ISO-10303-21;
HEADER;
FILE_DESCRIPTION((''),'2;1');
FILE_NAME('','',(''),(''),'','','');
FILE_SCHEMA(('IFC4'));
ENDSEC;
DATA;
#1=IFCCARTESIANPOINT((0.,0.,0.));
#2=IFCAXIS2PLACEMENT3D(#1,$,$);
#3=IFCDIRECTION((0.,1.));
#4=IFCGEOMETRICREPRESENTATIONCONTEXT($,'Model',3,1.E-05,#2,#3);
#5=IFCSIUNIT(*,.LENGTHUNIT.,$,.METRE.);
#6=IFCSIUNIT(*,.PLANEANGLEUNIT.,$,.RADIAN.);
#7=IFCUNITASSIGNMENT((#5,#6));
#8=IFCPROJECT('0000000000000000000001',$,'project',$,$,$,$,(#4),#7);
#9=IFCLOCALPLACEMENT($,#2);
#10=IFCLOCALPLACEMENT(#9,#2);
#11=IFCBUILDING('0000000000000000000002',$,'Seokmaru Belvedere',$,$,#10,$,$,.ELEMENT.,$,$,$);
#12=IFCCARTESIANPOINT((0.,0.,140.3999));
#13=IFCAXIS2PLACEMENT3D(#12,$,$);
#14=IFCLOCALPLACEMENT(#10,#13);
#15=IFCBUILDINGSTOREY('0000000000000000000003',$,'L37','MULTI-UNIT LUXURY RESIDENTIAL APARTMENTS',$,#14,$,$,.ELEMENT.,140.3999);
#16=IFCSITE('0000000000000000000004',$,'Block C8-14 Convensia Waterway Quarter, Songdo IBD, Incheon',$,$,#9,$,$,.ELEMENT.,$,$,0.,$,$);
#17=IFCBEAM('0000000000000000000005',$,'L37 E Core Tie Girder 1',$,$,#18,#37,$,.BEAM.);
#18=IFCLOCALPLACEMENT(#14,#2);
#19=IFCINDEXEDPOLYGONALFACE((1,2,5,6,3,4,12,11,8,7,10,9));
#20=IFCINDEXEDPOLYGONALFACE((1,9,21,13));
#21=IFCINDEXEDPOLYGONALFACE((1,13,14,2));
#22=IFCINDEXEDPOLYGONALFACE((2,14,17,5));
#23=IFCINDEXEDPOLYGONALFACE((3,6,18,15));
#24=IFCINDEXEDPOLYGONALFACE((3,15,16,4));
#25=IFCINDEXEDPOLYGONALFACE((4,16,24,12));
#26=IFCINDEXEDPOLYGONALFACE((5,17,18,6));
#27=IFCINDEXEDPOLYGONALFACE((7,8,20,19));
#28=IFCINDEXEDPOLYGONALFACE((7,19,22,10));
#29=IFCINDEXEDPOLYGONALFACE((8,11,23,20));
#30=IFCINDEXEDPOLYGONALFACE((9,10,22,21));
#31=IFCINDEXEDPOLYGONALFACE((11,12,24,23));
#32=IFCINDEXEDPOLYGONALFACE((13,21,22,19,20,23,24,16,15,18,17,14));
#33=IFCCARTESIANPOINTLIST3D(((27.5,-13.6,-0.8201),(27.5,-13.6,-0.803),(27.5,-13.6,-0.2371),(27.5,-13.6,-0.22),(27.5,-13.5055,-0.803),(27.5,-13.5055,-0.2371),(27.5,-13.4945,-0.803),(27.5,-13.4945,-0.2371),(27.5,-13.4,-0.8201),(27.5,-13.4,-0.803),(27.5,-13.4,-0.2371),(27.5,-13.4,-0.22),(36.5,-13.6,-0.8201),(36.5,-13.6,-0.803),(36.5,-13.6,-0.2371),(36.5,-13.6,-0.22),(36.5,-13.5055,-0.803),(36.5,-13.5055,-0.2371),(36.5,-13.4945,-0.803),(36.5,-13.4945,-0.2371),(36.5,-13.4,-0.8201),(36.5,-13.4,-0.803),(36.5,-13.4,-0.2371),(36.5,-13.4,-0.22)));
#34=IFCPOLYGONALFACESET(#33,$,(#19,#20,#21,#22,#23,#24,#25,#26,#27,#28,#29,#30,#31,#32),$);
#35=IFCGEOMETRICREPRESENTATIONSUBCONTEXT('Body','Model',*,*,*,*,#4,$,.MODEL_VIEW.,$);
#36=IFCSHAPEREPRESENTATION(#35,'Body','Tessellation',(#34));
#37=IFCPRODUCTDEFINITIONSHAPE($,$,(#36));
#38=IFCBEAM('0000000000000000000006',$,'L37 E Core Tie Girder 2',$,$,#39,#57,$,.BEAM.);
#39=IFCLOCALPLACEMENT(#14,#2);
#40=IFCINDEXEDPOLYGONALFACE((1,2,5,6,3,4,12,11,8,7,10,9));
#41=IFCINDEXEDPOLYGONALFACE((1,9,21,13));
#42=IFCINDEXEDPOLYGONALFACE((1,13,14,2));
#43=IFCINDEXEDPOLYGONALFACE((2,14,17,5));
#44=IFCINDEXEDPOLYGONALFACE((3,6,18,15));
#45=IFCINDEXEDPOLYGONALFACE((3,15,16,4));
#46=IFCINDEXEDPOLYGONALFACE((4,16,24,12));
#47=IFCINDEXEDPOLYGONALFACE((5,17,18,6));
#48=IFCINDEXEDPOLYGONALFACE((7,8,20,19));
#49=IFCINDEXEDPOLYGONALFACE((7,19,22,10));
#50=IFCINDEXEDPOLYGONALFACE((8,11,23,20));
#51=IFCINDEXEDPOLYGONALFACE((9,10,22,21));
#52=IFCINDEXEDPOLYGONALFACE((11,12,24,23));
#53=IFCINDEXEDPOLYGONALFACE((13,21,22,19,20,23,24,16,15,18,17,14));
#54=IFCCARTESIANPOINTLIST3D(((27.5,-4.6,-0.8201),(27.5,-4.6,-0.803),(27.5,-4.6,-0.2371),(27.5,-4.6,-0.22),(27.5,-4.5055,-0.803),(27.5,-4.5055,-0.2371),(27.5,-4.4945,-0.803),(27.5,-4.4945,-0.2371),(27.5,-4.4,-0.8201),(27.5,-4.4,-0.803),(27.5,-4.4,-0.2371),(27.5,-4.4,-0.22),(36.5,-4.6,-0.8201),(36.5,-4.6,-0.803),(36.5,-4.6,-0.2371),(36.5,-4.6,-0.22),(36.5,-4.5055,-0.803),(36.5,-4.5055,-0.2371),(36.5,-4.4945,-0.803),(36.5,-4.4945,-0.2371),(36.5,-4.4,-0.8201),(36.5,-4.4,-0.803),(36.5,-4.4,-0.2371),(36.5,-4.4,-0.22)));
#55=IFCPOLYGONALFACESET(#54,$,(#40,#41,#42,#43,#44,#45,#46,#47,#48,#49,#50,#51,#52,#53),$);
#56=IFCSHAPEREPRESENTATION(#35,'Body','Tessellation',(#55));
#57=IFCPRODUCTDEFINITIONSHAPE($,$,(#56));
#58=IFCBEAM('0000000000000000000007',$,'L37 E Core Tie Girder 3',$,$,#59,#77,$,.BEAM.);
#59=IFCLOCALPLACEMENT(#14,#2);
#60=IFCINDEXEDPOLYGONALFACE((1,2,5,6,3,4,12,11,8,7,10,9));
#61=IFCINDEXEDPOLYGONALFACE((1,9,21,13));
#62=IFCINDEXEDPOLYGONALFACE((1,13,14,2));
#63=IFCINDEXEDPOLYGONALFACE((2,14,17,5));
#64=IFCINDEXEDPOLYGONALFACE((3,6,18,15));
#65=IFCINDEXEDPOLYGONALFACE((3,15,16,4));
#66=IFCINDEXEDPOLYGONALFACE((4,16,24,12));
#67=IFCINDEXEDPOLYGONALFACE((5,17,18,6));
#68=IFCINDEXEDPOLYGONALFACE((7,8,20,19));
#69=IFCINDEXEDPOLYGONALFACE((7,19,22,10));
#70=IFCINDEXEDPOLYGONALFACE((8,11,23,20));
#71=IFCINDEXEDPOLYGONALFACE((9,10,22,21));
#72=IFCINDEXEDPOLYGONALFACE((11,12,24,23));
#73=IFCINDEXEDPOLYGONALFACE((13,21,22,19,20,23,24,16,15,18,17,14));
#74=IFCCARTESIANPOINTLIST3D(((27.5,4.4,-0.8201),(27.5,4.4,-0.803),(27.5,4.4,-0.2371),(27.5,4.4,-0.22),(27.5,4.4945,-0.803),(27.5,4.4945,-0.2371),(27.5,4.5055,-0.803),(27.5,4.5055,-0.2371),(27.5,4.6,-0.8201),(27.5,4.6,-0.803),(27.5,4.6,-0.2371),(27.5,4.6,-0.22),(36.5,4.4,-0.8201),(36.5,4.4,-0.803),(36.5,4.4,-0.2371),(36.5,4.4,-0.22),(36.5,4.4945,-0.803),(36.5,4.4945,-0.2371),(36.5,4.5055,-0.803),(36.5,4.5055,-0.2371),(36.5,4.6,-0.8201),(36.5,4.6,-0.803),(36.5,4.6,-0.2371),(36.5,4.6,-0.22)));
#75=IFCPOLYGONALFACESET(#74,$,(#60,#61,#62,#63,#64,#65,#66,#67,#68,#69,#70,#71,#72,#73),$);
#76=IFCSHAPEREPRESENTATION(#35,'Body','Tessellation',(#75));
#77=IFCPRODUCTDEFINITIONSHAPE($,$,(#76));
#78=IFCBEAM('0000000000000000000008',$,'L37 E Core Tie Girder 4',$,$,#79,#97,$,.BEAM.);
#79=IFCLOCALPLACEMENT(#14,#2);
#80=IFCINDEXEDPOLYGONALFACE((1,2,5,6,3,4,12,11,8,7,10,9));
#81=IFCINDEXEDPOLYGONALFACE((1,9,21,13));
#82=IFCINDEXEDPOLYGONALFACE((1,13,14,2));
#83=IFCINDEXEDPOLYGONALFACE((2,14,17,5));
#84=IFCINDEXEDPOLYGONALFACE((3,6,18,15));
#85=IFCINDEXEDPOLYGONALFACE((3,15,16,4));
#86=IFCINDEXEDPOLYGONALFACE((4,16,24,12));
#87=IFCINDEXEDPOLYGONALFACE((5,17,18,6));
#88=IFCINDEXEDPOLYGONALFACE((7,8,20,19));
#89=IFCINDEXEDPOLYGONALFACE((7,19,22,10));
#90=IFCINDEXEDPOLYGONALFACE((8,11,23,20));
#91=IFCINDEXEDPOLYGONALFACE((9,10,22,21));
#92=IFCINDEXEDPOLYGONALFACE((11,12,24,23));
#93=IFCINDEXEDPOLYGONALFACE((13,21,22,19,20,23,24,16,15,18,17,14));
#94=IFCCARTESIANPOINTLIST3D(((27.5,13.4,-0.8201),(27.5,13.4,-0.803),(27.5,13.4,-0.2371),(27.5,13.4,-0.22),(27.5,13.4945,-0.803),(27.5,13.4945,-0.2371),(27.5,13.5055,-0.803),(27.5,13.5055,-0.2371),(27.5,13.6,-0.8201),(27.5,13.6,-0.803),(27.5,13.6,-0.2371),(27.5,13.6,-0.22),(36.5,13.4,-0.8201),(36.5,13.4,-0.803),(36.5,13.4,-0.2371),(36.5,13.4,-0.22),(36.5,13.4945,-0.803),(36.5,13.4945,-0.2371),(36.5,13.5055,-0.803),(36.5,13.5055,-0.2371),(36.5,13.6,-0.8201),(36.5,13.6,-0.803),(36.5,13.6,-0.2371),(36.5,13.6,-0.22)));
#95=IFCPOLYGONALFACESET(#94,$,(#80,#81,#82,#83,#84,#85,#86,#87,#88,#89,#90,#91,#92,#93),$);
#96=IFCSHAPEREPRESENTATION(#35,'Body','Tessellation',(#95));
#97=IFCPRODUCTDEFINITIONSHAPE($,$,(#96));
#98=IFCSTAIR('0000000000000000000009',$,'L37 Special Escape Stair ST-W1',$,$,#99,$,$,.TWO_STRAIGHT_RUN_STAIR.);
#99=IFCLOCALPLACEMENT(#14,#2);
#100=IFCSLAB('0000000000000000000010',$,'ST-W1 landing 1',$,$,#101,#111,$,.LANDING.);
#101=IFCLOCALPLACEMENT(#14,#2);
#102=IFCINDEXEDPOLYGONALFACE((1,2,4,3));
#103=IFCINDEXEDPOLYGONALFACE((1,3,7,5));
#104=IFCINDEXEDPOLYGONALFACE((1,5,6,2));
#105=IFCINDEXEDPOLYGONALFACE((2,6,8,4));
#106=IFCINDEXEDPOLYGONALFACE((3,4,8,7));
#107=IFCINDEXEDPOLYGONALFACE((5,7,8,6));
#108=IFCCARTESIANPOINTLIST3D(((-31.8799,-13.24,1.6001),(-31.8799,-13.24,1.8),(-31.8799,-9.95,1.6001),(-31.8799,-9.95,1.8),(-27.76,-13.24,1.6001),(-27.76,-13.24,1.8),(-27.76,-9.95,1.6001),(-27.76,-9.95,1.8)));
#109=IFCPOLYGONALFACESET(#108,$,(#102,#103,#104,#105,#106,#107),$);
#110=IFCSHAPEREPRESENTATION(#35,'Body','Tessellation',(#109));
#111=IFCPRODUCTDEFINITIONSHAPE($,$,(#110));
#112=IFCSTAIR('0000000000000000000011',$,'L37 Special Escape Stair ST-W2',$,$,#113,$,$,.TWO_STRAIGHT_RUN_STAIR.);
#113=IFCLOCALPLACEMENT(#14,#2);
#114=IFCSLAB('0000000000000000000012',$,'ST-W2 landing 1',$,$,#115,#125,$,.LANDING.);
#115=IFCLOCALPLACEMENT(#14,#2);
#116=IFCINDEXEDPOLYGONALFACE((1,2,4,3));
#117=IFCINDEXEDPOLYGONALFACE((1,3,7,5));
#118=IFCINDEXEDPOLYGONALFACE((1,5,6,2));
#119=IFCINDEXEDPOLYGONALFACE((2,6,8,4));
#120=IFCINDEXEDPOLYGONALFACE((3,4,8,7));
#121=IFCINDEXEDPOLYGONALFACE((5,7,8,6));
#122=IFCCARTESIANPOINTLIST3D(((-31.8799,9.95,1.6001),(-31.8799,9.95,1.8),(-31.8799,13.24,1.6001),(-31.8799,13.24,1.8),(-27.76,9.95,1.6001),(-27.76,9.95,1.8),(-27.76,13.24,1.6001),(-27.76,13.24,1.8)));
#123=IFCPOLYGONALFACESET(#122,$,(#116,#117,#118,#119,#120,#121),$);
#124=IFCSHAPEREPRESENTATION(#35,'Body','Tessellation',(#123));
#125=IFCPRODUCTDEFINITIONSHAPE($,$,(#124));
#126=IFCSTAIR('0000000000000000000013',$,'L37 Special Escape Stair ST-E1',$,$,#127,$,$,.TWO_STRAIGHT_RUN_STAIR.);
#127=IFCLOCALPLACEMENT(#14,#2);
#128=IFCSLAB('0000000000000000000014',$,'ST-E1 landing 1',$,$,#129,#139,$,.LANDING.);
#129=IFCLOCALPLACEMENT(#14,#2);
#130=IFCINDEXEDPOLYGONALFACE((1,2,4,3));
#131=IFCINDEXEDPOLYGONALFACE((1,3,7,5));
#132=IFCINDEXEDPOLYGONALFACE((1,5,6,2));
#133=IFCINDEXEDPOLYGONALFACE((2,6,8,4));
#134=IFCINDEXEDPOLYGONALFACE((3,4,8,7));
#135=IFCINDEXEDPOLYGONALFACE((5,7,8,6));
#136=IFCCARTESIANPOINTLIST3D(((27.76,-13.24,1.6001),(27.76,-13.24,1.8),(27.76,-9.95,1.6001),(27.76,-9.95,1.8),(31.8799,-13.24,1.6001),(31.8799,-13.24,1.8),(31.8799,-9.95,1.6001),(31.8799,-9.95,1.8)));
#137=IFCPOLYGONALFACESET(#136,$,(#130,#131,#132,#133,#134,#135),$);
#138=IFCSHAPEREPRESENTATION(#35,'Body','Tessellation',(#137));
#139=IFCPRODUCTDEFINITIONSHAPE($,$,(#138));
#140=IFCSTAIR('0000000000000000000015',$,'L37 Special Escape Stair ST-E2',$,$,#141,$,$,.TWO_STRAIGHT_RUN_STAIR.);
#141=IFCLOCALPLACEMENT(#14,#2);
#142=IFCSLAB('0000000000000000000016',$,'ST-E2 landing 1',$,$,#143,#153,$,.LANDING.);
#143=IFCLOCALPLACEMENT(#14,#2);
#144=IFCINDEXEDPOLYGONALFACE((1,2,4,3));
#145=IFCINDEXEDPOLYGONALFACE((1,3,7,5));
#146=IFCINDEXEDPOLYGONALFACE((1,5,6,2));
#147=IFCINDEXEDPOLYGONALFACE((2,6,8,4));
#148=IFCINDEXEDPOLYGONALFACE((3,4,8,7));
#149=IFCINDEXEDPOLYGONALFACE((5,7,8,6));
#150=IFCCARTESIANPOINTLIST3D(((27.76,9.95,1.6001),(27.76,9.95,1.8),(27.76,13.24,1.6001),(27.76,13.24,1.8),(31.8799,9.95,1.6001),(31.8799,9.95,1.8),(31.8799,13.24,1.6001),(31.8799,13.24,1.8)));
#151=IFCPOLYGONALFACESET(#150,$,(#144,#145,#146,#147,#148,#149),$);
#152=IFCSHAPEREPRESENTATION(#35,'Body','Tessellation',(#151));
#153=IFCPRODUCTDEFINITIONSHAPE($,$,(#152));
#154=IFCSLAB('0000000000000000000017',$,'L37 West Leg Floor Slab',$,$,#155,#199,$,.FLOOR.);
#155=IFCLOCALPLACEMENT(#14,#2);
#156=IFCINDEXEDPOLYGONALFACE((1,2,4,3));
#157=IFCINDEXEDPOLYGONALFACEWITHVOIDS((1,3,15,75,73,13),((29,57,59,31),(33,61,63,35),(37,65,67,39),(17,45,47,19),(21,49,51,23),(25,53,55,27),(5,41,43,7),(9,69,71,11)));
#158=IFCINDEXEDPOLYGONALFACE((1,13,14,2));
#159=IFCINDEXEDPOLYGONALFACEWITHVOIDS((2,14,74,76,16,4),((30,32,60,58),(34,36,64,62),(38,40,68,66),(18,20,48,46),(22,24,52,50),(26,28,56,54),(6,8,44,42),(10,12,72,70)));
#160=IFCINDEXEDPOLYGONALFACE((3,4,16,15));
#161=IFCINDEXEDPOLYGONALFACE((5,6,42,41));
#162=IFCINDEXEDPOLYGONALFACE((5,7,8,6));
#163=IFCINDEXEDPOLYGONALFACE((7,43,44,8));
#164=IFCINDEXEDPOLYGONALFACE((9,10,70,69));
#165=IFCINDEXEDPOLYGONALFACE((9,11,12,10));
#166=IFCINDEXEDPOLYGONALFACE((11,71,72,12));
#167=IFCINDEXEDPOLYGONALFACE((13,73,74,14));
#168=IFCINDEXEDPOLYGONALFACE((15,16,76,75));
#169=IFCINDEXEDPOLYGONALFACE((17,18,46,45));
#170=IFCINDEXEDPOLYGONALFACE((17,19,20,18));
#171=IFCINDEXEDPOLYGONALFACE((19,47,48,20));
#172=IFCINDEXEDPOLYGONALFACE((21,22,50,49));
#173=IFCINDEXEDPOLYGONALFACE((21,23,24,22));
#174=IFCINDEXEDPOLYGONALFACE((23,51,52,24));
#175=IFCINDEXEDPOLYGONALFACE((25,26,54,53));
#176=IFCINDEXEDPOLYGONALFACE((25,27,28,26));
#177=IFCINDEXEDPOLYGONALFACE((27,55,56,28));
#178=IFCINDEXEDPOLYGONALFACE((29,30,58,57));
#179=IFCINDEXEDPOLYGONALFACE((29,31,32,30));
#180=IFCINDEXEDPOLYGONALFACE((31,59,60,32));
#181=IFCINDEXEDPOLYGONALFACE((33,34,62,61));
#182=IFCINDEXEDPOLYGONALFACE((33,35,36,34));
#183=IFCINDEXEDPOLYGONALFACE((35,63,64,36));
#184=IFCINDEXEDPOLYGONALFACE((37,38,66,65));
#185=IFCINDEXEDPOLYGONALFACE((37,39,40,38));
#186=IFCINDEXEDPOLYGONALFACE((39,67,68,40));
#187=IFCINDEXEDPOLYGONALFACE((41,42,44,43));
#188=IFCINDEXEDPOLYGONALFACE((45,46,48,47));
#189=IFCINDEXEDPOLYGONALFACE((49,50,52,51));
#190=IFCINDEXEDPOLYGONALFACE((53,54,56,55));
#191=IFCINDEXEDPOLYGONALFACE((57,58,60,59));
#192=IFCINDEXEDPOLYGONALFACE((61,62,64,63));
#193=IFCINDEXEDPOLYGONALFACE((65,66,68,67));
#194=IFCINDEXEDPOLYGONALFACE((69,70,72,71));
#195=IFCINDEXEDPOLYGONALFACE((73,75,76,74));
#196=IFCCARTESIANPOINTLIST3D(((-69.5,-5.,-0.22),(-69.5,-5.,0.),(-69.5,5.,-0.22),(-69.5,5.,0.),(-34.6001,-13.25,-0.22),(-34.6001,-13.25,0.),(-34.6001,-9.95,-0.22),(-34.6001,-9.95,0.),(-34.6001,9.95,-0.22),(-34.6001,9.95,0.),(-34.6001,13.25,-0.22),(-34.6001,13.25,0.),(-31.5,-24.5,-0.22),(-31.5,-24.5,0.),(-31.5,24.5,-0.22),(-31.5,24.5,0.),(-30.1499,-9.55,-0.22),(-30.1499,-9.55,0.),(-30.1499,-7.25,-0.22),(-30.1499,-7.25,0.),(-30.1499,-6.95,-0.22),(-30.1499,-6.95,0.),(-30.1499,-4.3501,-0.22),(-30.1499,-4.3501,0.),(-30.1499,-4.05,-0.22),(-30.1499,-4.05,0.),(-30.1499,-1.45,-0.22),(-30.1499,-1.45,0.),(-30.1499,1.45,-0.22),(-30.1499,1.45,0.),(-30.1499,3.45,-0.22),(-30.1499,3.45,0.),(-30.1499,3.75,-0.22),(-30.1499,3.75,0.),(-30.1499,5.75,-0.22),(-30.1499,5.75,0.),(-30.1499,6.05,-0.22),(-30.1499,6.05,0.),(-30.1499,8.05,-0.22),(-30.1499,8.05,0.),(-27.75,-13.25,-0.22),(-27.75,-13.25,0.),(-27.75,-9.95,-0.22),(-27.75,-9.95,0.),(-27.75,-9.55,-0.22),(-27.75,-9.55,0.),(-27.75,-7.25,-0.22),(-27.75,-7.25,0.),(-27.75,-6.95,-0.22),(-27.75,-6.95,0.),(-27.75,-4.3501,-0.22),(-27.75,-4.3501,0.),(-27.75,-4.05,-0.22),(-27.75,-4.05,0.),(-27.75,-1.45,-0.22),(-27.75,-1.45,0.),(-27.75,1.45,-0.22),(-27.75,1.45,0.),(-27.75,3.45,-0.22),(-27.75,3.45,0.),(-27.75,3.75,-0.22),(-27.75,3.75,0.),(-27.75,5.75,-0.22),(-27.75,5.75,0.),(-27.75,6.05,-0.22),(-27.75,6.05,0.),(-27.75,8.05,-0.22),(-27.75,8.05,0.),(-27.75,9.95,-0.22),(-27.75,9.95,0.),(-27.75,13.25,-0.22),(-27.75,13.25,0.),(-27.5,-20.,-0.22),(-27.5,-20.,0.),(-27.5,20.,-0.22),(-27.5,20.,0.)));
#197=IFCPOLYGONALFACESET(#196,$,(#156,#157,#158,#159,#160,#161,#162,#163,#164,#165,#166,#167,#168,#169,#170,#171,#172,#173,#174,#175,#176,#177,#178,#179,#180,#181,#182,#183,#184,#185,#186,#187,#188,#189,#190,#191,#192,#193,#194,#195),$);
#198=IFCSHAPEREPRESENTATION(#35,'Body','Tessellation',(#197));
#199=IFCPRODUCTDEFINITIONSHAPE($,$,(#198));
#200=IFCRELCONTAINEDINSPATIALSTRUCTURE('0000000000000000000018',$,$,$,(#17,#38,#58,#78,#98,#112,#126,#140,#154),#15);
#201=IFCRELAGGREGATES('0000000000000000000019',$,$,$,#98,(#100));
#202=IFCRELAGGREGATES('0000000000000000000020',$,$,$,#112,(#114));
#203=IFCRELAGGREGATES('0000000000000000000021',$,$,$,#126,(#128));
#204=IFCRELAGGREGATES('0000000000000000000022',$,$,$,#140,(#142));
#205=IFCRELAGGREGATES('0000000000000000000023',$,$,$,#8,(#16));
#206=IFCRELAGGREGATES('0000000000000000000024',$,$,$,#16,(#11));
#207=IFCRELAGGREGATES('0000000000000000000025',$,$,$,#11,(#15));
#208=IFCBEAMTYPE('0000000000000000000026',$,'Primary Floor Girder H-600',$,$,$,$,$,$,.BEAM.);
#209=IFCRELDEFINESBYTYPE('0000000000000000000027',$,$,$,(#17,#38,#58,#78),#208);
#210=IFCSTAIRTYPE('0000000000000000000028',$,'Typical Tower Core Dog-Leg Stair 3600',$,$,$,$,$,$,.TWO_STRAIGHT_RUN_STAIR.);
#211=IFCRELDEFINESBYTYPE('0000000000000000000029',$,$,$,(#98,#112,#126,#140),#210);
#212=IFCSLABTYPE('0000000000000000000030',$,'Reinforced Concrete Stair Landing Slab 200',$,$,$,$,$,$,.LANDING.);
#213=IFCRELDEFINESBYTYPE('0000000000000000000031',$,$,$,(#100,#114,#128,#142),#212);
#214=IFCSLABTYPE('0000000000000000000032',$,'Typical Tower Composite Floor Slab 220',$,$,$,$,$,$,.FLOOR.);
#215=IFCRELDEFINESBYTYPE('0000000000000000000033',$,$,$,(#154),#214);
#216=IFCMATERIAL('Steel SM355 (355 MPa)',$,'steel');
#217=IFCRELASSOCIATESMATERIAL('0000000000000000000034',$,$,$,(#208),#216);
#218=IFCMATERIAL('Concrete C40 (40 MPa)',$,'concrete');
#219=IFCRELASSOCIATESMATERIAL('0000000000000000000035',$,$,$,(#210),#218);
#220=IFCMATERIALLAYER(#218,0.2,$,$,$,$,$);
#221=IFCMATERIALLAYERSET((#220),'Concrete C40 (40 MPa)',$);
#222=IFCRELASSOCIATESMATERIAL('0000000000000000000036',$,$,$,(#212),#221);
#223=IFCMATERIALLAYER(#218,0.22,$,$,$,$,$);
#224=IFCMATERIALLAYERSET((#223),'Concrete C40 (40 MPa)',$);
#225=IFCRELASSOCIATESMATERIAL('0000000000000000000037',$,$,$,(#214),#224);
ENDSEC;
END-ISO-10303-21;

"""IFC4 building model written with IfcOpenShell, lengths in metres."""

from ifc_helpers import new_model, si_unit, direction, frame, origin, origin_2d, place, context, subcontext, project, spatial, polyline, i_section, outline, extrude, source, transform, mapped, material, layer, layer_set, material_profile, profile_set, type_object, type_shapes, element, aggregate, save


model = new_model("IFC4")

# Units and contexts
model_context = context("Model", 3, precision=1e-05, world=origin(), true_north=direction((0.0, 1.0)))
body_context = subcontext(model_context, "Body", "Model", "MODEL_VIEW")
ifc_project = project(units=[si_unit("LENGTHUNIT", "METRE"), si_unit("PLANEANGLEUNIT", "RADIAN")], contexts=[model_context])

# Site, building, storey
site_placement = place(None, origin())
site = spatial("IfcSite", under=ifc_project, at=site_placement, Name="Block C8-14 Convensia Waterway Quarter, Songdo IBD, Incheon", CompositionType="ELEMENT", RefElevation=0.0)
building_placement = place(site_placement, origin())
building = spatial("IfcBuilding", under=site, at=building_placement, Name="Seokmaru Belvedere", CompositionType="ELEMENT")
storey_placement = place(building_placement, frame((0.0, 0.0, 140.3999)))
storey = spatial("IfcBuildingStorey", under=building, at=storey_placement, Name="L37", Description="MULTI-UNIT LUXURY RESIDENTIAL APARTMENTS", CompositionType="ELEMENT", Elevation=140.3999)

# Beams
ifc_material_1 = material(Name="Steel SM355 (355 MPa)", Category="steel")
ifc_material_profile_1 = material_profile(ifc_material_1, i_section(OverallWidth=0.2, OverallDepth=0.6001, WebThickness=0.011, FlangeThickness=0.0171, at=origin_2d()), Name="H-600x200x11x17")
ifc_profile_set_1 = profile_set([ifc_material_profile_1], Name="Steel SM355 (355 MPa)")
beam_type_1 = type_object("IfcBeamType", Name="Primary Floor Girder H-600", PredefinedType="BEAM", material=ifc_profile_set_1)
shared_shape_1 = source(origin(), body_context, "Body", "SweptSolid", [
    extrude(i_section(OverallWidth=0.2, OverallDepth=0.6001, WebThickness=0.011, FlangeThickness=0.0171, at=origin_2d()), origin(), (0.0, 0.0, 1.0), 9.0),
])
type_shapes(beam_type_1, [shared_shape_1])
for number, where, z_axis, x_axis, name in (
    (1, (27.5, -13.5, -0.52), (1.0, 0.0, 0.0), (0.0, 1.0, 0.0), "L37 E Core Tie Girder 1"),
    (2, (27.5, -4.5, -0.52), (1.0, 0.0, 0.0), (0.0, 1.0, 0.0), "L37 E Core Tie Girder 2"),
    (3, (27.5, 4.5, -0.52), (1.0, 0.0, 0.0), (0.0, 1.0, 0.0), "L37 E Core Tie Girder 3"),
    (4, (27.5, 13.5, -0.52), (1.0, 0.0, 0.0), (0.0, 1.0, 0.0), "L37 E Core Tie Girder 4"),
):
    element("IfcBeam", number, at=place(storey_placement, frame(where, z_axis=z_axis, x_axis=x_axis)), inside=storey, type_object=beam_type_1, Name=name, PredefinedType="BEAM", context=body_context, shape_type="MappedRepresentation", body=[
        mapped(shared_shape_1, transform((0.0, 0.0, 0.0), scale=1.0)),
    ])

# Stairs, slabs
ifc_material_2 = material(Name="Concrete C40 (40 MPa)", Category="concrete")
stair_type = type_object("IfcStairType", Name="Typical Tower Core Dog-Leg Stair 3600", PredefinedType="TWO_STRAIGHT_RUN_STAIR", material=ifc_material_2)
stair_1_placement = place(storey_placement, origin())
stair_1 = element("IfcStair", 5, at=stair_1_placement, inside=storey, type_object=stair_type, Name="L37 Special Escape Stair ST-W1", PredefinedType="TWO_STRAIGHT_RUN_STAIR")
ifc_layer_1 = layer(ifc_material_2, 0.2)
ifc_layer_set_1 = layer_set([ifc_layer_1], Name="Concrete C40 (40 MPa)")
slab_type_1 = type_object("IfcSlabType", Name="Reinforced Concrete Stair Landing Slab 200", PredefinedType="LANDING", material=ifc_layer_set_1)
slab_1_placement = place(storey_placement, frame((0.0, 0.0, 1.6001)))
slab_1 = element("IfcSlab", 6, at=slab_1_placement, type_object=slab_type_1, Name="ST-W1 landing 1", PredefinedType="LANDING", context=body_context, shape_type="SweptSolid", body=[
    extrude(outline(polyline([(-31.8799, -13.24), (-27.76, -13.24), (-27.76, -9.95), (-31.8799, -9.95), (-31.8799, -13.24)])), origin(), (0.0, 0.0, 1.0), 0.2),
])
aggregate(stair_1, [slab_1])
stair_2_placement = place(storey_placement, origin())
stair_2 = element("IfcStair", 7, at=stair_2_placement, inside=storey, type_object=stair_type, Name="L37 Special Escape Stair ST-W2", PredefinedType="TWO_STRAIGHT_RUN_STAIR")
slab_2_placement = place(storey_placement, frame((0.0, 0.0, 1.6001)))
slab_2 = element("IfcSlab", 8, at=slab_2_placement, type_object=slab_type_1, Name="ST-W2 landing 1", PredefinedType="LANDING", context=body_context, shape_type="SweptSolid", body=[
    extrude(outline(polyline([(-31.8799, 9.95), (-27.76, 9.95), (-27.76, 13.24), (-31.8799, 13.24), (-31.8799, 9.95)])), origin(), (0.0, 0.0, 1.0), 0.2),
])
aggregate(stair_2, [slab_2])
stair_3_placement = place(storey_placement, origin())
stair_3 = element("IfcStair", 9, at=stair_3_placement, inside=storey, type_object=stair_type, Name="L37 Special Escape Stair ST-E1", PredefinedType="TWO_STRAIGHT_RUN_STAIR")
slab_3_placement = place(storey_placement, frame((0.0, 0.0, 1.6001)))
slab_3 = element("IfcSlab", 10, at=slab_3_placement, type_object=slab_type_1, Name="ST-E1 landing 1", PredefinedType="LANDING", context=body_context, shape_type="SweptSolid", body=[
    extrude(outline(polyline([(27.76, -13.24), (31.8799, -13.24), (31.8799, -9.95), (27.76, -9.95), (27.76, -13.24)])), origin(), (0.0, 0.0, 1.0), 0.2),
])
aggregate(stair_3, [slab_3])
stair_4_placement = place(storey_placement, origin())
stair_4 = element("IfcStair", 11, at=stair_4_placement, inside=storey, type_object=stair_type, Name="L37 Special Escape Stair ST-E2", PredefinedType="TWO_STRAIGHT_RUN_STAIR")
slab_4_placement = place(storey_placement, frame((0.0, 0.0, 1.6001)))
slab_4 = element("IfcSlab", 12, at=slab_4_placement, type_object=slab_type_1, Name="ST-E2 landing 1", PredefinedType="LANDING", context=body_context, shape_type="SweptSolid", body=[
    extrude(outline(polyline([(27.76, 9.95), (31.8799, 9.95), (31.8799, 13.24), (27.76, 13.24), (27.76, 9.95)])), origin(), (0.0, 0.0, 1.0), 0.2),
])
aggregate(stair_4, [slab_4])

# Slab
ifc_layer_2 = layer(ifc_material_2, 0.22)
ifc_layer_set_2 = layer_set([ifc_layer_2], Name="Concrete C40 (40 MPa)")
slab_type_2 = type_object("IfcSlabType", Name="Typical Tower Composite Floor Slab 220", PredefinedType="FLOOR", material=ifc_layer_set_2)
slab_5_placement = place(storey_placement, frame((0.0, 0.0, -0.22)))
element("IfcSlab", 13, at=slab_5_placement, inside=storey, type_object=slab_type_2, Name="L37 West Leg Floor Slab", PredefinedType="FLOOR", context=body_context, shape_type="SweptSolid", body=[
    extrude(outline(polyline([(-27.5, -20.0), (-27.5, 20.0), (-31.5, 24.5), (-69.5, 5.0), (-69.5, -5.0), (-31.5, -24.5), (-27.5, -20.0)]), holes=[polyline([(-34.6001, -13.25), (-27.75, -13.25), (-27.75, -9.95), (-34.6001, -9.95), (-34.6001, -13.25)]), polyline([(-34.6001, 9.95), (-27.75, 9.95), (-27.75, 13.25), (-34.6001, 13.25), (-34.6001, 9.95)]), polyline([(-30.1499, -9.55), (-27.75, -9.55), (-27.75, -7.25), (-30.1499, -7.25), (-30.1499, -9.55)]), polyline([(-30.1499, -6.95), (-27.75, -6.95), (-27.75, -4.3501), (-30.1499, -4.3501), (-30.1499, -6.95)]), polyline([(-30.1499, -4.05), (-27.75, -4.05), (-27.75, -1.45), (-30.1499, -1.45), (-30.1499, -4.05)]), polyline([(-30.1499, 1.45), (-27.75, 1.45), (-27.75, 3.45), (-30.1499, 3.45), (-30.1499, 1.45)]), polyline([(-30.1499, 3.75), (-27.75, 3.75), (-27.75, 5.75), (-30.1499, 5.75), (-30.1499, 3.75)]), polyline([(-30.1499, 6.05), (-27.75, 6.05), (-27.75, 8.05), (-30.1499, 8.05), (-30.1499, 6.05)])]), origin(), (0.0, 0.0, 1.0), 0.22),
])

save(model, "model.ifc")
